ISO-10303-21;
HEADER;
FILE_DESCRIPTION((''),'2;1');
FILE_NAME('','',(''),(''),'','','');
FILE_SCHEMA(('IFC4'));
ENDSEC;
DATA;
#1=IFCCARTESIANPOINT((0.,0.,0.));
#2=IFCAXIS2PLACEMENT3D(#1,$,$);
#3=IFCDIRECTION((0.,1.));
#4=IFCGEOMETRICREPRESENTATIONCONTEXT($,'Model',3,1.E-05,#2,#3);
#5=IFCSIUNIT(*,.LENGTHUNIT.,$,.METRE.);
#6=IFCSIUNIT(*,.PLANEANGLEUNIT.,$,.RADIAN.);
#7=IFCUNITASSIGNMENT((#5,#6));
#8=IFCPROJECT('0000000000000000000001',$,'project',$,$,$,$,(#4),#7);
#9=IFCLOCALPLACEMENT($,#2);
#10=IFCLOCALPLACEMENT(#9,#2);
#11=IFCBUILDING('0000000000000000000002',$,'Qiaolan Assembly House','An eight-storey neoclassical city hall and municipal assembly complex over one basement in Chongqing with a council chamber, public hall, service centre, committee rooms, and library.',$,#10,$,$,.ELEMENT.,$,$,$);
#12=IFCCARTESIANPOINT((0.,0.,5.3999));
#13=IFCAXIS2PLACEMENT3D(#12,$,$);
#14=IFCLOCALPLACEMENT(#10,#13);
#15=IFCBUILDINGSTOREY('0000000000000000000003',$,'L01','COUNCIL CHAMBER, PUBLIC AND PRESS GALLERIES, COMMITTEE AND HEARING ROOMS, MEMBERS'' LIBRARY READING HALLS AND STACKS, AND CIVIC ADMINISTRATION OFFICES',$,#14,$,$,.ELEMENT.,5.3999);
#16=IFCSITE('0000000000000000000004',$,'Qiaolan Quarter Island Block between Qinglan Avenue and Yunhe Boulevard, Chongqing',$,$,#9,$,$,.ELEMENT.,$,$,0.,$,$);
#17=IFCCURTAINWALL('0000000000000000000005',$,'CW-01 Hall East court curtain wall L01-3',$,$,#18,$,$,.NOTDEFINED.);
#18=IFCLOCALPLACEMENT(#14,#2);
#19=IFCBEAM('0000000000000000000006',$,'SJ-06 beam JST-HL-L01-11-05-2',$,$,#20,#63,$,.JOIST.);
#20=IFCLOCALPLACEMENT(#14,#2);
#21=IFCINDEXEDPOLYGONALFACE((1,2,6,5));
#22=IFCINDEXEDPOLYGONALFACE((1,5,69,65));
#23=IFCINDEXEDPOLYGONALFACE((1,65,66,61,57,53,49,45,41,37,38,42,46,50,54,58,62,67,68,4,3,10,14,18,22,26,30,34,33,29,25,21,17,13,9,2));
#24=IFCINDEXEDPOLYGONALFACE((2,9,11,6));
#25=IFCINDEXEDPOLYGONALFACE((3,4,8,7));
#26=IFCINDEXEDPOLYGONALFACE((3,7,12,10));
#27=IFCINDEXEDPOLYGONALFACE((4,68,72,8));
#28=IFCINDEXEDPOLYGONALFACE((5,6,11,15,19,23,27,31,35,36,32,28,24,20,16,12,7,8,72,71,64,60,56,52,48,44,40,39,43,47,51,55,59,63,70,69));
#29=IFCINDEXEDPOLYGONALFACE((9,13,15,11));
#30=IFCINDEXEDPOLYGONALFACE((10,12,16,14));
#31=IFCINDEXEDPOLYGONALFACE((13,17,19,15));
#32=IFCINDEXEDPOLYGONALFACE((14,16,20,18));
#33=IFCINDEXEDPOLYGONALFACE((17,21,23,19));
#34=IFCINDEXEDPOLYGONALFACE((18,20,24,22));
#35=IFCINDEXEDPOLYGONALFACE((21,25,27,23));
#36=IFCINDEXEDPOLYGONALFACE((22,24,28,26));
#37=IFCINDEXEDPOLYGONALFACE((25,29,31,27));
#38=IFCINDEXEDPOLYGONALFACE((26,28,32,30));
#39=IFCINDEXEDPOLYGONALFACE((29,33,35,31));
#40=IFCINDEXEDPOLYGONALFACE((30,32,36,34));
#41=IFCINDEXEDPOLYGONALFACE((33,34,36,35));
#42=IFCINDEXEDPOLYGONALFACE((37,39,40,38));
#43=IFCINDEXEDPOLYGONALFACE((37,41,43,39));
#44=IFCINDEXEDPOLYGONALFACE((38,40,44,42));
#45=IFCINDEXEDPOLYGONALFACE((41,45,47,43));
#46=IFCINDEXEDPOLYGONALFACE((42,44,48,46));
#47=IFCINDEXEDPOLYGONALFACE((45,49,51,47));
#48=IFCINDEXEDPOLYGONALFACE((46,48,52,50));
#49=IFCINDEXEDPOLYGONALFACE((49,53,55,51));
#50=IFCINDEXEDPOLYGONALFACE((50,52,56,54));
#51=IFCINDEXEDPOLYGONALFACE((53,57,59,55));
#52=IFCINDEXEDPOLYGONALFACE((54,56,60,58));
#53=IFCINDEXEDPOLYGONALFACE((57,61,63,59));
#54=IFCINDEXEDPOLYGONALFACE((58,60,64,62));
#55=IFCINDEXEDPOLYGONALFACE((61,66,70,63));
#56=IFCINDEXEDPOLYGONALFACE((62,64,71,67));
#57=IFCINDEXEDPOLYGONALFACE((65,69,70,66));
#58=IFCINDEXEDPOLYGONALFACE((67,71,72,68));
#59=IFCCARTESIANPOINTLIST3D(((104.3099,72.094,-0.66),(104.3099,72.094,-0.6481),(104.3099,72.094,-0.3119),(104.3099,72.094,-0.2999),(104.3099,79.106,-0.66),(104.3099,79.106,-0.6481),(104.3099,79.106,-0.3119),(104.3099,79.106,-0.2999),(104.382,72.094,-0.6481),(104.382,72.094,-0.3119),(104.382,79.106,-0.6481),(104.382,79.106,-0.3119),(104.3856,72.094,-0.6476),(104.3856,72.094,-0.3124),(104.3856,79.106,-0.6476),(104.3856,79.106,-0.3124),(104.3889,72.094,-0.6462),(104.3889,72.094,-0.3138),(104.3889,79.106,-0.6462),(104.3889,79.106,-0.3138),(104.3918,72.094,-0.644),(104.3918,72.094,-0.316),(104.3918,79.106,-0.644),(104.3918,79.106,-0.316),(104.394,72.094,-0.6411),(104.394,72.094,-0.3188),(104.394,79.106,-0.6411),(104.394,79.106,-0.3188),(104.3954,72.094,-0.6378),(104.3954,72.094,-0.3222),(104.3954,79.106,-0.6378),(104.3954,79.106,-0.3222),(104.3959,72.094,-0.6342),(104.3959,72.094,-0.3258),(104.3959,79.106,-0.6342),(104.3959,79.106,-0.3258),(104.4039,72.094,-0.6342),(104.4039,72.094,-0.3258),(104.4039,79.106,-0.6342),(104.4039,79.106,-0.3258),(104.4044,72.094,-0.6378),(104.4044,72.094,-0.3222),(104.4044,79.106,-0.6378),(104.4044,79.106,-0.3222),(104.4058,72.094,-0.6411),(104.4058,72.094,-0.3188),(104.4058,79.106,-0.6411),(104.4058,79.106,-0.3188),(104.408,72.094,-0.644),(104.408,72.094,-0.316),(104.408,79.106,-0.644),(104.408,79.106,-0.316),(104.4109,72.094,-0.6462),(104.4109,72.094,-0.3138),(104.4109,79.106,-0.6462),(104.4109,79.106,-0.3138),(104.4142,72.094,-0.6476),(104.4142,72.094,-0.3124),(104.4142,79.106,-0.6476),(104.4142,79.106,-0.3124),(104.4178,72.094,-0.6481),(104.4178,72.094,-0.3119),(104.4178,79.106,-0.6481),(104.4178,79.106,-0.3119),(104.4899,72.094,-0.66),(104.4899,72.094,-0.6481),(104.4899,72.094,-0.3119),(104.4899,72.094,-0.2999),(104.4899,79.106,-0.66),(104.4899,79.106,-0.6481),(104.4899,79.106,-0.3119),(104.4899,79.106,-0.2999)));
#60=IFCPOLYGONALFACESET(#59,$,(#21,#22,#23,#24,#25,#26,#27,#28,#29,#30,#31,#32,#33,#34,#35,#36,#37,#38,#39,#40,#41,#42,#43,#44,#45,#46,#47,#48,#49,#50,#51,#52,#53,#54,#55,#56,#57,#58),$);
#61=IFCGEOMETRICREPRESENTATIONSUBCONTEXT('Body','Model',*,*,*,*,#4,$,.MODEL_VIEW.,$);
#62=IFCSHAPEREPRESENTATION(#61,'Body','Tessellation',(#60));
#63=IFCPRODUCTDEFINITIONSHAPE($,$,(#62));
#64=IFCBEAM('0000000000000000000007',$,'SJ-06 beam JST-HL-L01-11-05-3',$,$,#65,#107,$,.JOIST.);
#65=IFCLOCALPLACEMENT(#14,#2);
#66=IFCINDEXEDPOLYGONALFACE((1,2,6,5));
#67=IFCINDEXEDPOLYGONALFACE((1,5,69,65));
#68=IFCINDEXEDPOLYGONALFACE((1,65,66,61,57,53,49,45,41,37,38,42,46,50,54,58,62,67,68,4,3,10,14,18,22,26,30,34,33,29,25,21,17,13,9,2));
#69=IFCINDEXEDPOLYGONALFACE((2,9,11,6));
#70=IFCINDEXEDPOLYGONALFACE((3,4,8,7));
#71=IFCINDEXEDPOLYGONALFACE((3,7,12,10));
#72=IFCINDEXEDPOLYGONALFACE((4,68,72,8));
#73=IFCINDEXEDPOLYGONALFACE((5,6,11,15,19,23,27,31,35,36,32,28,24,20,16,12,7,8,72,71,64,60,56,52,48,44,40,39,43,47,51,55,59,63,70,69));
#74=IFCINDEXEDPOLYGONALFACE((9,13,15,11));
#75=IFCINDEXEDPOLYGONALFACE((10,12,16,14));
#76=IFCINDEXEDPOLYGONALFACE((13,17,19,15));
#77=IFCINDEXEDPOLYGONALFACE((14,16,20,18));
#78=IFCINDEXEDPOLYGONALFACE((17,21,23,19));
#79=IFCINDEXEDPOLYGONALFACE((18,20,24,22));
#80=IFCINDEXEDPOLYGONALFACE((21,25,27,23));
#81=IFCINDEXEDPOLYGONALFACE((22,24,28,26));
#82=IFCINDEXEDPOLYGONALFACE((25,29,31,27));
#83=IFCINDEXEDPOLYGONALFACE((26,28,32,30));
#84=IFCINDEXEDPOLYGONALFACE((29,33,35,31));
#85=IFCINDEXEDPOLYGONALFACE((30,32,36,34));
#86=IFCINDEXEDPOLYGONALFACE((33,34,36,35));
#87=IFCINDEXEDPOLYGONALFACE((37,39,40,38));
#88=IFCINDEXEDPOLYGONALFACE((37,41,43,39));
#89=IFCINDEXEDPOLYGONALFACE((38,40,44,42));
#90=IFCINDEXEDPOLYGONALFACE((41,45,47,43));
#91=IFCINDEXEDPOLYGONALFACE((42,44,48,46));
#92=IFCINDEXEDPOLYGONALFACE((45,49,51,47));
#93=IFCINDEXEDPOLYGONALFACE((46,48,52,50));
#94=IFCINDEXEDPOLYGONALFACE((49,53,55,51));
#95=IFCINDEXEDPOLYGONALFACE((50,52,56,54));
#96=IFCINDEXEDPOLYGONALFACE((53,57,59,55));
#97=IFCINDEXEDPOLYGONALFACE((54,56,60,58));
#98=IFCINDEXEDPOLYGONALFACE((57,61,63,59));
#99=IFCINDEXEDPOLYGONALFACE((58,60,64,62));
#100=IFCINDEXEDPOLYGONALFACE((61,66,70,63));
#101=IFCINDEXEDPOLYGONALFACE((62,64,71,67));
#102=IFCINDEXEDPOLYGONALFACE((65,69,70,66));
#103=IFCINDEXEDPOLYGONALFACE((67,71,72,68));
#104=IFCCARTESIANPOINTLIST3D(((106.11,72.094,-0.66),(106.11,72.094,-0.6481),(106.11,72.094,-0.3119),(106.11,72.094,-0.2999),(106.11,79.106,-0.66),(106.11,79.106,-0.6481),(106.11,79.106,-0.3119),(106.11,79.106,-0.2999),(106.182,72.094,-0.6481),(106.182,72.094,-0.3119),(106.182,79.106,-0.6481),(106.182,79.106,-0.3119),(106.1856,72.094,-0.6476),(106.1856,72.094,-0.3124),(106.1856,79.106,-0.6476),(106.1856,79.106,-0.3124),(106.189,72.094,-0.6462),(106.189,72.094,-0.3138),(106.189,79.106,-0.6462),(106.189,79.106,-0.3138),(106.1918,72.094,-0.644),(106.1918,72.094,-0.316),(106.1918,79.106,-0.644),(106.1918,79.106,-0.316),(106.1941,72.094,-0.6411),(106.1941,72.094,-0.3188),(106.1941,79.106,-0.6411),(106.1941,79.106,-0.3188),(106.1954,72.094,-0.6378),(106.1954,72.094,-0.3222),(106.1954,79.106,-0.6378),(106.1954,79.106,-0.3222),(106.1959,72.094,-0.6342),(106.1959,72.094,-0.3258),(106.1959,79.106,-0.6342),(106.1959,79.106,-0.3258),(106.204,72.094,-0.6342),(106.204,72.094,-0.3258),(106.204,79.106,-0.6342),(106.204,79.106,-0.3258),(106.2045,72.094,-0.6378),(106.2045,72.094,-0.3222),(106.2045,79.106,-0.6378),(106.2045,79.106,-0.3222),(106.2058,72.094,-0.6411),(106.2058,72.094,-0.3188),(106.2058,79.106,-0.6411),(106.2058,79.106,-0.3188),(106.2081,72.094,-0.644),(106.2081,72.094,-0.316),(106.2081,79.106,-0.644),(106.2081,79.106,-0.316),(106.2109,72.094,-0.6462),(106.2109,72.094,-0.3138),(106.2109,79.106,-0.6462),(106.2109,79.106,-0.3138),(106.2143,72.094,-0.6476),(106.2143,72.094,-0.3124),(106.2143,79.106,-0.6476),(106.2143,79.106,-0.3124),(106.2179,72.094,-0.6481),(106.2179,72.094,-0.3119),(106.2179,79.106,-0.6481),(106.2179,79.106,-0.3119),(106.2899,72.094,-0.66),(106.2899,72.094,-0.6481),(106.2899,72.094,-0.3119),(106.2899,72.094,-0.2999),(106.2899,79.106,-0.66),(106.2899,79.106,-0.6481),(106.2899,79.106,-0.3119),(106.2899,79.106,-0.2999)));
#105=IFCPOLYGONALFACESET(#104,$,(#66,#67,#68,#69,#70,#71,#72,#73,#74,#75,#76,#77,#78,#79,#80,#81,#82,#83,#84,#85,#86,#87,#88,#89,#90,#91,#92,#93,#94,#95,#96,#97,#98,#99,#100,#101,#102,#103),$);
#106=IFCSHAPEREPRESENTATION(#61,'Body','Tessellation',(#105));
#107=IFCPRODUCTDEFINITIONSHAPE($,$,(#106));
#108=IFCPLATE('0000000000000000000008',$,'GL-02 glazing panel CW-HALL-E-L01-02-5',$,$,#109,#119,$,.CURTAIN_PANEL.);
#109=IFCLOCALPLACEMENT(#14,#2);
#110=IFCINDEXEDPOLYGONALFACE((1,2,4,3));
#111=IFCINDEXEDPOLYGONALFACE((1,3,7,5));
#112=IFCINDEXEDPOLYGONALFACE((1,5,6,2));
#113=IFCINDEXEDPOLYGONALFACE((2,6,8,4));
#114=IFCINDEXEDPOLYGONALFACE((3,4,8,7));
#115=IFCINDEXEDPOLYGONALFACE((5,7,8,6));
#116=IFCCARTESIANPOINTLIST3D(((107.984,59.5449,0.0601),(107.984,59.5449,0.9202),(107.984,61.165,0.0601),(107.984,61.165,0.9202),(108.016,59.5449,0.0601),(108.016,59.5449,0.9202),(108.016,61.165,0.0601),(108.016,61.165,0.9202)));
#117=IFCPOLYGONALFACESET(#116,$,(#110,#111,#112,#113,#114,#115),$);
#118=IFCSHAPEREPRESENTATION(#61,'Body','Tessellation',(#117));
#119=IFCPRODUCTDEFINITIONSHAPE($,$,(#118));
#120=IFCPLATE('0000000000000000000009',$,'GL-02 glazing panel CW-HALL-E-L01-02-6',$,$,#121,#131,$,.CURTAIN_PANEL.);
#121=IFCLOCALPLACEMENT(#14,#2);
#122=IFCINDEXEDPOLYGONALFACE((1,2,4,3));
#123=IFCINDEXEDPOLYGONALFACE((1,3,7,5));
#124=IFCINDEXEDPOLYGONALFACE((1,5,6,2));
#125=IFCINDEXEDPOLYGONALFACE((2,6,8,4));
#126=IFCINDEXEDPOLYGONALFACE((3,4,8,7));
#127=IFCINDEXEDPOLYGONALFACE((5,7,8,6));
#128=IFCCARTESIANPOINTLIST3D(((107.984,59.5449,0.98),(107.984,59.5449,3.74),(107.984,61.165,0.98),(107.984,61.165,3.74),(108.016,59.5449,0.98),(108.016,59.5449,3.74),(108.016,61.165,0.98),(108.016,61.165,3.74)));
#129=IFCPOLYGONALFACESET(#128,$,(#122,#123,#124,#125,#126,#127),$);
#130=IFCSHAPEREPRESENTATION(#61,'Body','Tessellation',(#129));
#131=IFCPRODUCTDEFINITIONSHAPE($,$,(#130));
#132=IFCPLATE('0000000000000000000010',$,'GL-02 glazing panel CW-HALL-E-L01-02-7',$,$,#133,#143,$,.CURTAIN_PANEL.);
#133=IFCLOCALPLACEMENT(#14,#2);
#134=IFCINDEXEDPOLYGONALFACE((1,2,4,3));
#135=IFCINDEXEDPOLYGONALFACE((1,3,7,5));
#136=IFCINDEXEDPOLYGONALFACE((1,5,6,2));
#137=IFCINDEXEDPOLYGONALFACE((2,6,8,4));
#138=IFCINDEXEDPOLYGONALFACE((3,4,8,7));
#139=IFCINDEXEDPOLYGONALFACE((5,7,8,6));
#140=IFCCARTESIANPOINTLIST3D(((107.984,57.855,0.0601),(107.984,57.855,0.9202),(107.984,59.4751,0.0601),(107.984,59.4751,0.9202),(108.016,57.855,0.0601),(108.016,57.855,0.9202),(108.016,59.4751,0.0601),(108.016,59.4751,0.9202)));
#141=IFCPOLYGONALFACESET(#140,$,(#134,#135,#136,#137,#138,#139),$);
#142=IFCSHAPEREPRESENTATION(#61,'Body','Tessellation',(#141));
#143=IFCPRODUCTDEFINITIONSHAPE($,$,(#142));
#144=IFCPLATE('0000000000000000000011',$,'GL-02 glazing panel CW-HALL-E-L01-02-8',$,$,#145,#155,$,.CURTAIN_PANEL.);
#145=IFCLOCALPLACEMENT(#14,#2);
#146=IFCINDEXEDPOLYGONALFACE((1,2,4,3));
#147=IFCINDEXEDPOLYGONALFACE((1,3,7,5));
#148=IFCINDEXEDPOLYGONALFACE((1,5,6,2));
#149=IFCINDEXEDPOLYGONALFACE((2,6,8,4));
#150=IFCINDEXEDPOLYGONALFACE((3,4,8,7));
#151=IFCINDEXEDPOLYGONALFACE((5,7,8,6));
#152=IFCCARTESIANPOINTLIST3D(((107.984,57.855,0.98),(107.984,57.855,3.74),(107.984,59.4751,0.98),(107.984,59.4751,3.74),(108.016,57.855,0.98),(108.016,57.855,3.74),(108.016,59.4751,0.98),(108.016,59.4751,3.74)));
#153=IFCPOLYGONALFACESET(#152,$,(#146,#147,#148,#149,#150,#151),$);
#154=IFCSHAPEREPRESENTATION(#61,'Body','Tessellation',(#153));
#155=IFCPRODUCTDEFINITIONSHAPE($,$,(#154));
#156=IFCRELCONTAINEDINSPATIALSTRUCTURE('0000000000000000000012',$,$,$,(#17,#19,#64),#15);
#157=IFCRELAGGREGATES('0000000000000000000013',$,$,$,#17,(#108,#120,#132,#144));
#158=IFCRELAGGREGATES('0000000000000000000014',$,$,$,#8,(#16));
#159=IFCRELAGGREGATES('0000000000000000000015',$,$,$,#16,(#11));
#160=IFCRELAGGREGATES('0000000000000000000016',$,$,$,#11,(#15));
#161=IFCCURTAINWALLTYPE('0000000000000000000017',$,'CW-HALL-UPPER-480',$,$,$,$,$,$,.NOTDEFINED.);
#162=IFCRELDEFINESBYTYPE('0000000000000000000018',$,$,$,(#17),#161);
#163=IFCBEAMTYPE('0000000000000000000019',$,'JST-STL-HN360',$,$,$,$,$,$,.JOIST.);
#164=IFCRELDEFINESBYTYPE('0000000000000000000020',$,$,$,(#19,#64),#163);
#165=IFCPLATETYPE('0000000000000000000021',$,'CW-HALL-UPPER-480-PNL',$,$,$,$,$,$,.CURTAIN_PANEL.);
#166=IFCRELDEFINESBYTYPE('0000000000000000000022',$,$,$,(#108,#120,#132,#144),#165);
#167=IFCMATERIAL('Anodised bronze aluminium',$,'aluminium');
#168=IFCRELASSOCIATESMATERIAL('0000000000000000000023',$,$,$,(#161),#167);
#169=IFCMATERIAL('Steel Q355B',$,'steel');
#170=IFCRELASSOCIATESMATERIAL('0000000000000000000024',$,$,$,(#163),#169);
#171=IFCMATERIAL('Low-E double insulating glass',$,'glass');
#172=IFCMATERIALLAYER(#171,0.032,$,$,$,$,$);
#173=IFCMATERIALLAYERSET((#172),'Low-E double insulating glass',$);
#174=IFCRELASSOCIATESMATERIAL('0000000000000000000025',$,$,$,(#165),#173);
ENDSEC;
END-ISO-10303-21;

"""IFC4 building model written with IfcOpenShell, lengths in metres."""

from ifc_helpers import new_model, si_unit, direction, frame, frame_2d, origin, origin_2d, place, context, subcontext, project, spatial, rectangle, i_section, extrude, material, layer, layer_set, material_profile, profile_set, type_object, element, aggregate, save


model = new_model("IFC4")

# Units and contexts
model_context = context("Model", 3, precision=1e-05, world=origin(), true_north=direction((0.0, 1.0)))
body_context = subcontext(model_context, "Body", "Model", "MODEL_VIEW")
ifc_project = project(units=[si_unit("LENGTHUNIT", "METRE"), si_unit("PLANEANGLEUNIT", "RADIAN")], contexts=[model_context])

# Site, building, storey
site_placement = place(None, origin())
site = spatial("IfcSite", under=ifc_project, at=site_placement, Name="Qiaolan Quarter Island Block between Qinglan Avenue and Yunhe Boulevard, Chongqing", CompositionType="ELEMENT", RefElevation=0.0)
building_placement = place(site_placement, origin())
building = spatial("IfcBuilding", under=site, at=building_placement, Name="Qiaolan Assembly House", Description="An eight-storey neoclassical city hall and municipal assembly complex over one basement in Chongqing with a council chamber, public hall, service centre, committee rooms, and library.", CompositionType="ELEMENT")
storey_placement = place(building_placement, frame((0.0, 0.0, 5.3999)))
storey = spatial("IfcBuildingStorey", under=building, at=storey_placement, Name="L01", Description="COUNCIL CHAMBER, PUBLIC AND PRESS GALLERIES, COMMITTEE AND HEARING ROOMS, MEMBERS' LIBRARY READING HALLS AND STACKS, AND CIVIC ADMINISTRATION OFFICES", CompositionType="ELEMENT", Elevation=5.3999)

# Shared definitions
ifc_material_1 = material(Name="Steel Q355B", Category="steel")

# Curtain wall
ifc_material_2 = material(Name="Anodised bronze aluminium", Category="aluminium")
curtain_wall_type = type_object("IfcCurtainWallType", Name="CW-HALL-UPPER-480", PredefinedType="NOTDEFINED", material=ifc_material_2)
curtain_wall_placement = place(storey_placement, origin())
curtain_wall = element("IfcCurtainWall", 1, at=curtain_wall_placement, inside=storey, type_object=curtain_wall_type, Name="CW-01 Hall East court curtain wall L01-3", PredefinedType="NOTDEFINED")

# Beams
ifc_material_profile_1 = material_profile(ifc_material_1, i_section(OverallWidth=0.1799, OverallDepth=0.3601, WebThickness=0.0081, FlangeThickness=0.012, FilletRadius=0.0139, at=origin_2d()), Name="HN 360x180x8x12")
ifc_profile_set_1 = profile_set([ifc_material_profile_1], Name="Steel Q355B")
beam_type_1 = type_object("IfcBeamType", Name="JST-STL-HN360", PredefinedType="JOIST", material=ifc_profile_set_1)
for number, where, z_axis, x_axis, name in (
    (2, (104.3999, 72.094, -0.48), (0.0, 1.0, 0.0), (-1.0, 0.0, 0.0), "SJ-06 beam JST-HL-L01-11-05-2"),
    (3, (106.2, 72.094, -0.48), (0.0, 1.0, 0.0), (-1.0, 0.0, 0.0), "SJ-06 beam JST-HL-L01-11-05-3"),
):
    element("IfcBeam", number, at=place(storey_placement, frame(where, z_axis=z_axis, x_axis=x_axis)), inside=storey, type_object=beam_type_1, Name=name, PredefinedType="JOIST", context=body_context, shape_type="SweptSolid", body=[
        extrude(i_section(OverallWidth=0.1799, OverallDepth=0.3601, WebThickness=0.0081, FlangeThickness=0.012, FilletRadius=0.0139, at=origin_2d()), origin(), (0.0, 0.0, 1.0), 7.012),
    ])

# Plates
ifc_material_3 = material(Name="Low-E double insulating glass", Category="glass")
ifc_layer = layer(ifc_material_3, 0.032)
ifc_layer_set = layer_set([ifc_layer], Name="Low-E double insulating glass")
plate_type = type_object("IfcPlateType", Name="CW-HALL-UPPER-480-PNL", PredefinedType="CURTAIN_PANEL", material=ifc_layer_set)
plate_1_placement = place(storey_placement, frame((108.0, 61.165, 0.0601), z_axis=(0.0, 0.0, 1.0), x_axis=(0.0, -1.0, 0.0)))
plate_1 = element("IfcPlate", 4, at=plate_1_placement, type_object=plate_type, Name="GL-02 glazing panel CW-HALL-E-L01-02-5", PredefinedType="CURTAIN_PANEL", context=body_context, shape_type="SweptSolid", body=[
    extrude(rectangle(XDim=1.6201, YDim=0.032, at=frame_2d((0.8101, 0.0))), origin(), (0.0, 0.0, 1.0), 0.8601),
])
plate_2_placement = place(storey_placement, frame((108.0, 61.165, 0.98), z_axis=(0.0, 0.0, 1.0), x_axis=(0.0, -1.0, 0.0)))
plate_2 = element("IfcPlate", 5, at=plate_2_placement, type_object=plate_type, Name="GL-02 glazing panel CW-HALL-E-L01-02-6", PredefinedType="CURTAIN_PANEL", context=body_context, shape_type="SweptSolid", body=[
    extrude(rectangle(XDim=1.6201, YDim=0.032, at=frame_2d((0.8101, 0.0))), origin(), (0.0, 0.0, 1.0), 2.76),
])
plate_3_placement = place(storey_placement, frame((108.0, 59.4751, 0.0601), z_axis=(0.0, 0.0, 1.0), x_axis=(0.0, -1.0, 0.0)))
plate_3 = element("IfcPlate", 6, at=plate_3_placement, type_object=plate_type, Name="GL-02 glazing panel CW-HALL-E-L01-02-7", PredefinedType="CURTAIN_PANEL", context=body_context, shape_type="SweptSolid", body=[
    extrude(rectangle(XDim=1.6201, YDim=0.032, at=frame_2d((0.8101, 0.0))), origin(), (0.0, 0.0, 1.0), 0.8601),
])
plate_4_placement = place(storey_placement, frame((108.0, 59.4751, 0.98), z_axis=(0.0, 0.0, 1.0), x_axis=(0.0, -1.0, 0.0)))
plate_4 = element("IfcPlate", 7, at=plate_4_placement, type_object=plate_type, Name="GL-02 glazing panel CW-HALL-E-L01-02-8", PredefinedType="CURTAIN_PANEL", context=body_context, shape_type="SweptSolid", body=[
    extrude(rectangle(XDim=1.6201, YDim=0.032, at=frame_2d((0.8101, 0.0))), origin(), (0.0, 0.0, 1.0), 2.76),
])
aggregate(curtain_wall, [plate_1, plate_2, plate_3, plate_4])

save(model, "model.ifc")
